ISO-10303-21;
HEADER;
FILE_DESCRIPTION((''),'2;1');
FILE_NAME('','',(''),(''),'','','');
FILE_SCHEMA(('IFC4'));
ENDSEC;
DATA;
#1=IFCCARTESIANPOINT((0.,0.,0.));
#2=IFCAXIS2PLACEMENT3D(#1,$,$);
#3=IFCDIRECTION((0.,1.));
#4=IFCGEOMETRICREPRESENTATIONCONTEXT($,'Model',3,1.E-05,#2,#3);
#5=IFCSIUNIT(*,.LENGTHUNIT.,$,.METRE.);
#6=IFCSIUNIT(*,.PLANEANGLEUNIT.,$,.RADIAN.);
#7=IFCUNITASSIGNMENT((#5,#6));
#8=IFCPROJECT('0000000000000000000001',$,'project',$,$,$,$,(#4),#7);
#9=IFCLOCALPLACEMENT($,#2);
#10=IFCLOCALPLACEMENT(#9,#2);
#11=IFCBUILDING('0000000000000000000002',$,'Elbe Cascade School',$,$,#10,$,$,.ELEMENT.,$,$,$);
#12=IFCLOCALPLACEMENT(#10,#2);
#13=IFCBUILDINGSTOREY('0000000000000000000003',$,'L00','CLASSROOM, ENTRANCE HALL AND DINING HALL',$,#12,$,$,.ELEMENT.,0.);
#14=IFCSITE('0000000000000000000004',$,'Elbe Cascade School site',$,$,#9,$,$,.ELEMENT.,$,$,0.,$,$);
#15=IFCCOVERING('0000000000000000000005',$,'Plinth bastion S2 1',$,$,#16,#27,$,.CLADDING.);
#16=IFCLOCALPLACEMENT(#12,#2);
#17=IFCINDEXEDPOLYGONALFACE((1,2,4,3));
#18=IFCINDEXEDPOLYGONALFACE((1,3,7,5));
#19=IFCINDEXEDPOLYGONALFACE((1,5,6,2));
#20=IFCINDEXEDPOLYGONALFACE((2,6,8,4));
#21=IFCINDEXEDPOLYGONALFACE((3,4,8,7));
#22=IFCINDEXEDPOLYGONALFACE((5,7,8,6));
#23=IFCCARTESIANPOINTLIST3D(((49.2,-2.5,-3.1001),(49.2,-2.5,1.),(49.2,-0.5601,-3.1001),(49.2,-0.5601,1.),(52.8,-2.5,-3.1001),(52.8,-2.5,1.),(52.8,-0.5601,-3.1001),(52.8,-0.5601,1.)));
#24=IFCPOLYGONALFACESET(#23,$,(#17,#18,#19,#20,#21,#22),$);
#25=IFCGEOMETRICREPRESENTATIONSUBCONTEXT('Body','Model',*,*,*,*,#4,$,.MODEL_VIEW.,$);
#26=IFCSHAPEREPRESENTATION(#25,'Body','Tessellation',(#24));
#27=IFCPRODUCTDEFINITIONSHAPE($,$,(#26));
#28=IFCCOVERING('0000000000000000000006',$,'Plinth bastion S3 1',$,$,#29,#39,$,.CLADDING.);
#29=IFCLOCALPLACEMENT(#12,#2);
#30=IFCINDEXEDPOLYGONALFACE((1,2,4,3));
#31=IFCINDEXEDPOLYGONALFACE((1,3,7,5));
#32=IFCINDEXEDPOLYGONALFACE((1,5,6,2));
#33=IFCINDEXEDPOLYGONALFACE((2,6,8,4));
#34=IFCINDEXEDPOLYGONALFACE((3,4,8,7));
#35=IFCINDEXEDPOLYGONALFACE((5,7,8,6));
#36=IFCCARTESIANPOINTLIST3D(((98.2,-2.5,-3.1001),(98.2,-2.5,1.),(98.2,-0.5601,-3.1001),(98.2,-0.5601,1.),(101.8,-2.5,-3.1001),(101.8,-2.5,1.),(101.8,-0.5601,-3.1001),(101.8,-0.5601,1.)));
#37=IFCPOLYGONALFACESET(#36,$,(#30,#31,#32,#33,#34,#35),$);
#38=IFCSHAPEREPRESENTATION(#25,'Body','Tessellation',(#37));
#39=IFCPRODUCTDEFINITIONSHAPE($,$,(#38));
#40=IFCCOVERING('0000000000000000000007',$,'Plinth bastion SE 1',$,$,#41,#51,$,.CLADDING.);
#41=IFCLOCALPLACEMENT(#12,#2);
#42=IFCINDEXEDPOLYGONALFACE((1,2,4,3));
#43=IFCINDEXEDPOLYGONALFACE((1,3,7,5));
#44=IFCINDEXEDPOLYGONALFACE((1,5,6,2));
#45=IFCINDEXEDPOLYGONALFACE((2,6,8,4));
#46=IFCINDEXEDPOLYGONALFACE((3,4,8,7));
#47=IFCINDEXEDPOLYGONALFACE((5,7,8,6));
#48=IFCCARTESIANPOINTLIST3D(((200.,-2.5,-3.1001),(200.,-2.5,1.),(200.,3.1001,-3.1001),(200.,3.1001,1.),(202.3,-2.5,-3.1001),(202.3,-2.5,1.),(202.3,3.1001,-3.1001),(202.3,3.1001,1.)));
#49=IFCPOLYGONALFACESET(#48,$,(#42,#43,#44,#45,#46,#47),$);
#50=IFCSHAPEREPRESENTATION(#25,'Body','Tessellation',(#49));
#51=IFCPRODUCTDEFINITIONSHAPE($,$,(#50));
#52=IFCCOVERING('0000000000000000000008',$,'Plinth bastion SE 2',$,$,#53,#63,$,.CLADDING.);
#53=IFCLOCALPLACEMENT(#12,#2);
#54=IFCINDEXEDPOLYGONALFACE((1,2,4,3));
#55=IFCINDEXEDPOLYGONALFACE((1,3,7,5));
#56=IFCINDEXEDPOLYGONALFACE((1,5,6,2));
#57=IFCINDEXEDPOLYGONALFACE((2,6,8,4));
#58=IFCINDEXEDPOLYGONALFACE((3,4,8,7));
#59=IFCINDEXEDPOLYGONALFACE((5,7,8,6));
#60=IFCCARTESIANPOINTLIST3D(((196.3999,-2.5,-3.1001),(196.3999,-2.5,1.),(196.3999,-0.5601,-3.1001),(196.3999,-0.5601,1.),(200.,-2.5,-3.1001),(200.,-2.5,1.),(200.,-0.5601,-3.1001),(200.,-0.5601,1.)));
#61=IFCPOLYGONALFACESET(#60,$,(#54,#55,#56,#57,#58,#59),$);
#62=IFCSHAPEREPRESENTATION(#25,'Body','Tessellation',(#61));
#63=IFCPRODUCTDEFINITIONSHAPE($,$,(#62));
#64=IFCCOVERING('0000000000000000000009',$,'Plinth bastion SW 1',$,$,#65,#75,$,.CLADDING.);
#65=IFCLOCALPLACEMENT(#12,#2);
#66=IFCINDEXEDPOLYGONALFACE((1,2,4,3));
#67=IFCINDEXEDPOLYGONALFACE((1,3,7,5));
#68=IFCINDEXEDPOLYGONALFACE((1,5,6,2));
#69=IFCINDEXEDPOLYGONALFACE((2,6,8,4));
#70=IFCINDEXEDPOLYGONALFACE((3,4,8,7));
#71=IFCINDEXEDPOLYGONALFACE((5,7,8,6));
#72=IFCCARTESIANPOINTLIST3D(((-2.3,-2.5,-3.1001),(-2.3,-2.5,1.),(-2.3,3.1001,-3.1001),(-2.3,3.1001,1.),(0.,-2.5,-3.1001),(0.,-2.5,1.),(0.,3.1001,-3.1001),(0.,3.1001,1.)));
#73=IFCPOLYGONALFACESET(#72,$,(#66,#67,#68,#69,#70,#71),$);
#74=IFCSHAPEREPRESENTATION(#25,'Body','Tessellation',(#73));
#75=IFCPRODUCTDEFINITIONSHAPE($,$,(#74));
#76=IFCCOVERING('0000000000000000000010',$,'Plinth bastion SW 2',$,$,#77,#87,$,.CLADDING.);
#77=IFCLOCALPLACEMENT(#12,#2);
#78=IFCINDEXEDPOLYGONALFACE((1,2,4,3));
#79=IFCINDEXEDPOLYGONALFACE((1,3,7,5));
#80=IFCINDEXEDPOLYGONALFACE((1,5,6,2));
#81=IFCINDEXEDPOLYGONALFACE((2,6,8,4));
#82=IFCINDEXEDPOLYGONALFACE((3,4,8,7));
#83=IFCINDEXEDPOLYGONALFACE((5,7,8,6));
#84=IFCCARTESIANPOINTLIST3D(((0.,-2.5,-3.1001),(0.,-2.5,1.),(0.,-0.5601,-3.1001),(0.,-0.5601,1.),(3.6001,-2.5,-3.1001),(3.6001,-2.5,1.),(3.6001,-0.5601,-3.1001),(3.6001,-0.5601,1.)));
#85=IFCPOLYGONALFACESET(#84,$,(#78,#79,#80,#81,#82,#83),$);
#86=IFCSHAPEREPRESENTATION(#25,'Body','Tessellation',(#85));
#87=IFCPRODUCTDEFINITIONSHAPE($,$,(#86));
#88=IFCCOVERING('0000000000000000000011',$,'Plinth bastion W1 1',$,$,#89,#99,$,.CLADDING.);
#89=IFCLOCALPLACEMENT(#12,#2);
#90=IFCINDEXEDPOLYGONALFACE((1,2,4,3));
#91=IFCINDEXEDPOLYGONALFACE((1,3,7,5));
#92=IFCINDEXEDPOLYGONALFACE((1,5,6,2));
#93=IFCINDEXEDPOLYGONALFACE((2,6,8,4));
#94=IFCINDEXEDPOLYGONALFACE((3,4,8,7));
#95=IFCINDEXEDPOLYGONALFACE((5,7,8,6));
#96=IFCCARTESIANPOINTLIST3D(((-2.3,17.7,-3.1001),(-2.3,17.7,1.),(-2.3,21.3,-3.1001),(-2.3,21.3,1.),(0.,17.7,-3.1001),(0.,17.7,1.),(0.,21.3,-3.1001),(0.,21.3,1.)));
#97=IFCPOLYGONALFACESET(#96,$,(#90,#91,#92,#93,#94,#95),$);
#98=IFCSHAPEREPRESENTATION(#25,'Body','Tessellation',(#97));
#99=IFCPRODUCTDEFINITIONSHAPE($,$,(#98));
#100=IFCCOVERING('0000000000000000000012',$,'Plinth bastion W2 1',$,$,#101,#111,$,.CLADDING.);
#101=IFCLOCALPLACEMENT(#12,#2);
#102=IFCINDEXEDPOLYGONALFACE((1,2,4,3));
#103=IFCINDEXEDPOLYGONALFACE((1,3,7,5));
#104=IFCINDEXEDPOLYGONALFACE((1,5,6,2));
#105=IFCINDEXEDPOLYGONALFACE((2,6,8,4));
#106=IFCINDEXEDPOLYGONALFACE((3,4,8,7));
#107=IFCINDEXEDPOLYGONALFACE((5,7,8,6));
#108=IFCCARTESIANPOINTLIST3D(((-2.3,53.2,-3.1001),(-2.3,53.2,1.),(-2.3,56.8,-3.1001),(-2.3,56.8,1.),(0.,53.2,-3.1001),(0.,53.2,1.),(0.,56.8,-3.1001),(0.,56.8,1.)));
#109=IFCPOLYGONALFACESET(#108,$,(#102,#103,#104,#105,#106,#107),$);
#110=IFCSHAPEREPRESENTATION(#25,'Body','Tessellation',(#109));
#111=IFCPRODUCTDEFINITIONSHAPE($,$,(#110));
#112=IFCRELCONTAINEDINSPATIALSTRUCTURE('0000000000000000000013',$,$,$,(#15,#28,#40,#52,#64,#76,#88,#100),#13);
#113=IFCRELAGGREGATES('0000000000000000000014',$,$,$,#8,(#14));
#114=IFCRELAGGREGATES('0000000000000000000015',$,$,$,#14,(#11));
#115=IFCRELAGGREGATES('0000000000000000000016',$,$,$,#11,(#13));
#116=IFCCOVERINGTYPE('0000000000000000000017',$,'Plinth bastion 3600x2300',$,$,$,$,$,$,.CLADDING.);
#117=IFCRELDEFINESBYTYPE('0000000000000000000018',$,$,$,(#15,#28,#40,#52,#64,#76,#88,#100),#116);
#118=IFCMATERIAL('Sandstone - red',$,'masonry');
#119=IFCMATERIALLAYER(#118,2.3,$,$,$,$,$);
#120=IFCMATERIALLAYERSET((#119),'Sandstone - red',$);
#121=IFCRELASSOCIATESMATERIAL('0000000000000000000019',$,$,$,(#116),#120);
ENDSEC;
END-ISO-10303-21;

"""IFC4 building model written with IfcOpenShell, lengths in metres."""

from ifc_helpers import new_model, si_unit, direction, frame, origin, place, context, subcontext, project, spatial, polyline, outline, extrude, material, layer, layer_set, type_object, element, save


model = new_model("IFC4")

# Units and contexts
model_context = context("Model", 3, precision=1e-05, world=origin(), true_north=direction((0.0, 1.0)))
body_context = subcontext(model_context, "Body", "Model", "MODEL_VIEW")
ifc_project = project(units=[si_unit("LENGTHUNIT", "METRE"), si_unit("PLANEANGLEUNIT", "RADIAN")], contexts=[model_context])

# Site, building, storey
site_placement = place(None, origin())
site = spatial("IfcSite", under=ifc_project, at=site_placement, Name="Elbe Cascade School site", CompositionType="ELEMENT", RefElevation=0.0)
building_placement = place(site_placement, origin())
building = spatial("IfcBuilding", under=site, at=building_placement, Name="Elbe Cascade School", CompositionType="ELEMENT")
storey_placement = place(building_placement, origin())
storey = spatial("IfcBuildingStorey", under=building, at=storey_placement, Name="L00", Description="CLASSROOM, ENTRANCE HALL AND DINING HALL", CompositionType="ELEMENT", Elevation=0.0)

# Coverings
ifc_material_1 = material(Name="Sandstone - red", Category="masonry")
ifc_layer_1 = layer(ifc_material_1, 2.3)
ifc_layer_set_1 = layer_set([ifc_layer_1], Name="Sandstone - red")
covering_type_1 = type_object("IfcCoveringType", Name="Plinth bastion 3600x2300", PredefinedType="CLADDING", material=ifc_layer_set_1)
covering_1_placement = place(storey_placement, frame((0.0, 0.0, -3.1001)))
element("IfcCovering", 1, at=covering_1_placement, inside=storey, type_object=covering_type_1, Name="Plinth bastion S2 1", PredefinedType="CLADDING", context=body_context, shape_type="SweptSolid", body=[
    extrude(outline(polyline([(49.2, -2.5), (52.8, -2.5), (52.8, -0.5601), (49.2, -0.5601), (49.2, -2.5)])), origin(), (0.0, 0.0, 1.0), 4.1001),
])
covering_2_placement = place(storey_placement, frame((0.0, 0.0, -3.1001)))
element("IfcCovering", 2, at=covering_2_placement, inside=storey, type_object=covering_type_1, Name="Plinth bastion S3 1", PredefinedType="CLADDING", context=body_context, shape_type="SweptSolid", body=[
    extrude(outline(polyline([(98.2, -2.5), (101.8, -2.5), (101.8, -0.5601), (98.2, -0.5601), (98.2, -2.5)])), origin(), (0.0, 0.0, 1.0), 4.1001),
])
covering_3_placement = place(storey_placement, frame((0.0, 0.0, -3.1001)))
element("IfcCovering", 3, at=covering_3_placement, inside=storey, type_object=covering_type_1, Name="Plinth bastion SE 1", PredefinedType="CLADDING", context=body_context, shape_type="SweptSolid", body=[
    extrude(outline(polyline([(200.0, -2.5), (202.3, -2.5), (202.3, 3.1001), (200.0, 3.1001), (200.0, -2.5)])), origin(), (0.0, 0.0, 1.0), 4.1001),
])
covering_4_placement = place(storey_placement, frame((0.0, 0.0, -3.1001)))
element("IfcCovering", 4, at=covering_4_placement, inside=storey, type_object=covering_type_1, Name="Plinth bastion SE 2", PredefinedType="CLADDING", context=body_context, shape_type="SweptSolid", body=[
    extrude(outline(polyline([(196.3999, -2.5), (200.0, -2.5), (200.0, -0.5601), (196.3999, -0.5601), (196.3999, -2.5)])), origin(), (0.0, 0.0, 1.0), 4.1001),
])
covering_5_placement = place(storey_placement, frame((0.0, 0.0, -3.1001)))
element("IfcCovering", 5, at=covering_5_placement, inside=storey, type_object=covering_type_1, Name="Plinth bastion SW 1", PredefinedType="CLADDING", context=body_context, shape_type="SweptSolid", body=[
    extrude(outline(polyline([(-2.3, -2.5), (0.0, -2.5), (0.0, 3.1001), (-2.3, 3.1001), (-2.3, -2.5)])), origin(), (0.0, 0.0, 1.0), 4.1001),
])
covering_6_placement = place(storey_placement, frame((0.0, 0.0, -3.1001)))
element("IfcCovering", 6, at=covering_6_placement, inside=storey, type_object=covering_type_1, Name="Plinth bastion SW 2", PredefinedType="CLADDING", context=body_context, shape_type="SweptSolid", body=[
    extrude(outline(polyline([(0.0, -2.5), (3.6001, -2.5), (3.6001, -0.5601), (0.0, -0.5601), (0.0, -2.5)])), origin(), (0.0, 0.0, 1.0), 4.1001),
])
covering_7_placement = place(storey_placement, frame((0.0, 0.0, -3.1001)))
element("IfcCovering", 7, at=covering_7_placement, inside=storey, type_object=covering_type_1, Name="Plinth bastion W1 1", PredefinedType="CLADDING", context=body_context, shape_type="SweptSolid", body=[
    extrude(outline(polyline([(-2.3, 17.7), (0.0, 17.7), (0.0, 21.3), (-2.3, 21.3), (-2.3, 17.7)])), origin(), (0.0, 0.0, 1.0), 4.1001),
])
covering_8_placement = place(storey_placement, frame((0.0, 0.0, -3.1001)))
element("IfcCovering", 8, at=covering_8_placement, inside=storey, type_object=covering_type_1, Name="Plinth bastion W2 1", PredefinedType="CLADDING", context=body_context, shape_type="SweptSolid", body=[
    extrude(outline(polyline([(-2.3, 53.2), (0.0, 53.2), (0.0, 56.8), (-2.3, 56.8), (-2.3, 53.2)])), origin(), (0.0, 0.0, 1.0), 4.1001),
])

save(model, "model.ifc")
